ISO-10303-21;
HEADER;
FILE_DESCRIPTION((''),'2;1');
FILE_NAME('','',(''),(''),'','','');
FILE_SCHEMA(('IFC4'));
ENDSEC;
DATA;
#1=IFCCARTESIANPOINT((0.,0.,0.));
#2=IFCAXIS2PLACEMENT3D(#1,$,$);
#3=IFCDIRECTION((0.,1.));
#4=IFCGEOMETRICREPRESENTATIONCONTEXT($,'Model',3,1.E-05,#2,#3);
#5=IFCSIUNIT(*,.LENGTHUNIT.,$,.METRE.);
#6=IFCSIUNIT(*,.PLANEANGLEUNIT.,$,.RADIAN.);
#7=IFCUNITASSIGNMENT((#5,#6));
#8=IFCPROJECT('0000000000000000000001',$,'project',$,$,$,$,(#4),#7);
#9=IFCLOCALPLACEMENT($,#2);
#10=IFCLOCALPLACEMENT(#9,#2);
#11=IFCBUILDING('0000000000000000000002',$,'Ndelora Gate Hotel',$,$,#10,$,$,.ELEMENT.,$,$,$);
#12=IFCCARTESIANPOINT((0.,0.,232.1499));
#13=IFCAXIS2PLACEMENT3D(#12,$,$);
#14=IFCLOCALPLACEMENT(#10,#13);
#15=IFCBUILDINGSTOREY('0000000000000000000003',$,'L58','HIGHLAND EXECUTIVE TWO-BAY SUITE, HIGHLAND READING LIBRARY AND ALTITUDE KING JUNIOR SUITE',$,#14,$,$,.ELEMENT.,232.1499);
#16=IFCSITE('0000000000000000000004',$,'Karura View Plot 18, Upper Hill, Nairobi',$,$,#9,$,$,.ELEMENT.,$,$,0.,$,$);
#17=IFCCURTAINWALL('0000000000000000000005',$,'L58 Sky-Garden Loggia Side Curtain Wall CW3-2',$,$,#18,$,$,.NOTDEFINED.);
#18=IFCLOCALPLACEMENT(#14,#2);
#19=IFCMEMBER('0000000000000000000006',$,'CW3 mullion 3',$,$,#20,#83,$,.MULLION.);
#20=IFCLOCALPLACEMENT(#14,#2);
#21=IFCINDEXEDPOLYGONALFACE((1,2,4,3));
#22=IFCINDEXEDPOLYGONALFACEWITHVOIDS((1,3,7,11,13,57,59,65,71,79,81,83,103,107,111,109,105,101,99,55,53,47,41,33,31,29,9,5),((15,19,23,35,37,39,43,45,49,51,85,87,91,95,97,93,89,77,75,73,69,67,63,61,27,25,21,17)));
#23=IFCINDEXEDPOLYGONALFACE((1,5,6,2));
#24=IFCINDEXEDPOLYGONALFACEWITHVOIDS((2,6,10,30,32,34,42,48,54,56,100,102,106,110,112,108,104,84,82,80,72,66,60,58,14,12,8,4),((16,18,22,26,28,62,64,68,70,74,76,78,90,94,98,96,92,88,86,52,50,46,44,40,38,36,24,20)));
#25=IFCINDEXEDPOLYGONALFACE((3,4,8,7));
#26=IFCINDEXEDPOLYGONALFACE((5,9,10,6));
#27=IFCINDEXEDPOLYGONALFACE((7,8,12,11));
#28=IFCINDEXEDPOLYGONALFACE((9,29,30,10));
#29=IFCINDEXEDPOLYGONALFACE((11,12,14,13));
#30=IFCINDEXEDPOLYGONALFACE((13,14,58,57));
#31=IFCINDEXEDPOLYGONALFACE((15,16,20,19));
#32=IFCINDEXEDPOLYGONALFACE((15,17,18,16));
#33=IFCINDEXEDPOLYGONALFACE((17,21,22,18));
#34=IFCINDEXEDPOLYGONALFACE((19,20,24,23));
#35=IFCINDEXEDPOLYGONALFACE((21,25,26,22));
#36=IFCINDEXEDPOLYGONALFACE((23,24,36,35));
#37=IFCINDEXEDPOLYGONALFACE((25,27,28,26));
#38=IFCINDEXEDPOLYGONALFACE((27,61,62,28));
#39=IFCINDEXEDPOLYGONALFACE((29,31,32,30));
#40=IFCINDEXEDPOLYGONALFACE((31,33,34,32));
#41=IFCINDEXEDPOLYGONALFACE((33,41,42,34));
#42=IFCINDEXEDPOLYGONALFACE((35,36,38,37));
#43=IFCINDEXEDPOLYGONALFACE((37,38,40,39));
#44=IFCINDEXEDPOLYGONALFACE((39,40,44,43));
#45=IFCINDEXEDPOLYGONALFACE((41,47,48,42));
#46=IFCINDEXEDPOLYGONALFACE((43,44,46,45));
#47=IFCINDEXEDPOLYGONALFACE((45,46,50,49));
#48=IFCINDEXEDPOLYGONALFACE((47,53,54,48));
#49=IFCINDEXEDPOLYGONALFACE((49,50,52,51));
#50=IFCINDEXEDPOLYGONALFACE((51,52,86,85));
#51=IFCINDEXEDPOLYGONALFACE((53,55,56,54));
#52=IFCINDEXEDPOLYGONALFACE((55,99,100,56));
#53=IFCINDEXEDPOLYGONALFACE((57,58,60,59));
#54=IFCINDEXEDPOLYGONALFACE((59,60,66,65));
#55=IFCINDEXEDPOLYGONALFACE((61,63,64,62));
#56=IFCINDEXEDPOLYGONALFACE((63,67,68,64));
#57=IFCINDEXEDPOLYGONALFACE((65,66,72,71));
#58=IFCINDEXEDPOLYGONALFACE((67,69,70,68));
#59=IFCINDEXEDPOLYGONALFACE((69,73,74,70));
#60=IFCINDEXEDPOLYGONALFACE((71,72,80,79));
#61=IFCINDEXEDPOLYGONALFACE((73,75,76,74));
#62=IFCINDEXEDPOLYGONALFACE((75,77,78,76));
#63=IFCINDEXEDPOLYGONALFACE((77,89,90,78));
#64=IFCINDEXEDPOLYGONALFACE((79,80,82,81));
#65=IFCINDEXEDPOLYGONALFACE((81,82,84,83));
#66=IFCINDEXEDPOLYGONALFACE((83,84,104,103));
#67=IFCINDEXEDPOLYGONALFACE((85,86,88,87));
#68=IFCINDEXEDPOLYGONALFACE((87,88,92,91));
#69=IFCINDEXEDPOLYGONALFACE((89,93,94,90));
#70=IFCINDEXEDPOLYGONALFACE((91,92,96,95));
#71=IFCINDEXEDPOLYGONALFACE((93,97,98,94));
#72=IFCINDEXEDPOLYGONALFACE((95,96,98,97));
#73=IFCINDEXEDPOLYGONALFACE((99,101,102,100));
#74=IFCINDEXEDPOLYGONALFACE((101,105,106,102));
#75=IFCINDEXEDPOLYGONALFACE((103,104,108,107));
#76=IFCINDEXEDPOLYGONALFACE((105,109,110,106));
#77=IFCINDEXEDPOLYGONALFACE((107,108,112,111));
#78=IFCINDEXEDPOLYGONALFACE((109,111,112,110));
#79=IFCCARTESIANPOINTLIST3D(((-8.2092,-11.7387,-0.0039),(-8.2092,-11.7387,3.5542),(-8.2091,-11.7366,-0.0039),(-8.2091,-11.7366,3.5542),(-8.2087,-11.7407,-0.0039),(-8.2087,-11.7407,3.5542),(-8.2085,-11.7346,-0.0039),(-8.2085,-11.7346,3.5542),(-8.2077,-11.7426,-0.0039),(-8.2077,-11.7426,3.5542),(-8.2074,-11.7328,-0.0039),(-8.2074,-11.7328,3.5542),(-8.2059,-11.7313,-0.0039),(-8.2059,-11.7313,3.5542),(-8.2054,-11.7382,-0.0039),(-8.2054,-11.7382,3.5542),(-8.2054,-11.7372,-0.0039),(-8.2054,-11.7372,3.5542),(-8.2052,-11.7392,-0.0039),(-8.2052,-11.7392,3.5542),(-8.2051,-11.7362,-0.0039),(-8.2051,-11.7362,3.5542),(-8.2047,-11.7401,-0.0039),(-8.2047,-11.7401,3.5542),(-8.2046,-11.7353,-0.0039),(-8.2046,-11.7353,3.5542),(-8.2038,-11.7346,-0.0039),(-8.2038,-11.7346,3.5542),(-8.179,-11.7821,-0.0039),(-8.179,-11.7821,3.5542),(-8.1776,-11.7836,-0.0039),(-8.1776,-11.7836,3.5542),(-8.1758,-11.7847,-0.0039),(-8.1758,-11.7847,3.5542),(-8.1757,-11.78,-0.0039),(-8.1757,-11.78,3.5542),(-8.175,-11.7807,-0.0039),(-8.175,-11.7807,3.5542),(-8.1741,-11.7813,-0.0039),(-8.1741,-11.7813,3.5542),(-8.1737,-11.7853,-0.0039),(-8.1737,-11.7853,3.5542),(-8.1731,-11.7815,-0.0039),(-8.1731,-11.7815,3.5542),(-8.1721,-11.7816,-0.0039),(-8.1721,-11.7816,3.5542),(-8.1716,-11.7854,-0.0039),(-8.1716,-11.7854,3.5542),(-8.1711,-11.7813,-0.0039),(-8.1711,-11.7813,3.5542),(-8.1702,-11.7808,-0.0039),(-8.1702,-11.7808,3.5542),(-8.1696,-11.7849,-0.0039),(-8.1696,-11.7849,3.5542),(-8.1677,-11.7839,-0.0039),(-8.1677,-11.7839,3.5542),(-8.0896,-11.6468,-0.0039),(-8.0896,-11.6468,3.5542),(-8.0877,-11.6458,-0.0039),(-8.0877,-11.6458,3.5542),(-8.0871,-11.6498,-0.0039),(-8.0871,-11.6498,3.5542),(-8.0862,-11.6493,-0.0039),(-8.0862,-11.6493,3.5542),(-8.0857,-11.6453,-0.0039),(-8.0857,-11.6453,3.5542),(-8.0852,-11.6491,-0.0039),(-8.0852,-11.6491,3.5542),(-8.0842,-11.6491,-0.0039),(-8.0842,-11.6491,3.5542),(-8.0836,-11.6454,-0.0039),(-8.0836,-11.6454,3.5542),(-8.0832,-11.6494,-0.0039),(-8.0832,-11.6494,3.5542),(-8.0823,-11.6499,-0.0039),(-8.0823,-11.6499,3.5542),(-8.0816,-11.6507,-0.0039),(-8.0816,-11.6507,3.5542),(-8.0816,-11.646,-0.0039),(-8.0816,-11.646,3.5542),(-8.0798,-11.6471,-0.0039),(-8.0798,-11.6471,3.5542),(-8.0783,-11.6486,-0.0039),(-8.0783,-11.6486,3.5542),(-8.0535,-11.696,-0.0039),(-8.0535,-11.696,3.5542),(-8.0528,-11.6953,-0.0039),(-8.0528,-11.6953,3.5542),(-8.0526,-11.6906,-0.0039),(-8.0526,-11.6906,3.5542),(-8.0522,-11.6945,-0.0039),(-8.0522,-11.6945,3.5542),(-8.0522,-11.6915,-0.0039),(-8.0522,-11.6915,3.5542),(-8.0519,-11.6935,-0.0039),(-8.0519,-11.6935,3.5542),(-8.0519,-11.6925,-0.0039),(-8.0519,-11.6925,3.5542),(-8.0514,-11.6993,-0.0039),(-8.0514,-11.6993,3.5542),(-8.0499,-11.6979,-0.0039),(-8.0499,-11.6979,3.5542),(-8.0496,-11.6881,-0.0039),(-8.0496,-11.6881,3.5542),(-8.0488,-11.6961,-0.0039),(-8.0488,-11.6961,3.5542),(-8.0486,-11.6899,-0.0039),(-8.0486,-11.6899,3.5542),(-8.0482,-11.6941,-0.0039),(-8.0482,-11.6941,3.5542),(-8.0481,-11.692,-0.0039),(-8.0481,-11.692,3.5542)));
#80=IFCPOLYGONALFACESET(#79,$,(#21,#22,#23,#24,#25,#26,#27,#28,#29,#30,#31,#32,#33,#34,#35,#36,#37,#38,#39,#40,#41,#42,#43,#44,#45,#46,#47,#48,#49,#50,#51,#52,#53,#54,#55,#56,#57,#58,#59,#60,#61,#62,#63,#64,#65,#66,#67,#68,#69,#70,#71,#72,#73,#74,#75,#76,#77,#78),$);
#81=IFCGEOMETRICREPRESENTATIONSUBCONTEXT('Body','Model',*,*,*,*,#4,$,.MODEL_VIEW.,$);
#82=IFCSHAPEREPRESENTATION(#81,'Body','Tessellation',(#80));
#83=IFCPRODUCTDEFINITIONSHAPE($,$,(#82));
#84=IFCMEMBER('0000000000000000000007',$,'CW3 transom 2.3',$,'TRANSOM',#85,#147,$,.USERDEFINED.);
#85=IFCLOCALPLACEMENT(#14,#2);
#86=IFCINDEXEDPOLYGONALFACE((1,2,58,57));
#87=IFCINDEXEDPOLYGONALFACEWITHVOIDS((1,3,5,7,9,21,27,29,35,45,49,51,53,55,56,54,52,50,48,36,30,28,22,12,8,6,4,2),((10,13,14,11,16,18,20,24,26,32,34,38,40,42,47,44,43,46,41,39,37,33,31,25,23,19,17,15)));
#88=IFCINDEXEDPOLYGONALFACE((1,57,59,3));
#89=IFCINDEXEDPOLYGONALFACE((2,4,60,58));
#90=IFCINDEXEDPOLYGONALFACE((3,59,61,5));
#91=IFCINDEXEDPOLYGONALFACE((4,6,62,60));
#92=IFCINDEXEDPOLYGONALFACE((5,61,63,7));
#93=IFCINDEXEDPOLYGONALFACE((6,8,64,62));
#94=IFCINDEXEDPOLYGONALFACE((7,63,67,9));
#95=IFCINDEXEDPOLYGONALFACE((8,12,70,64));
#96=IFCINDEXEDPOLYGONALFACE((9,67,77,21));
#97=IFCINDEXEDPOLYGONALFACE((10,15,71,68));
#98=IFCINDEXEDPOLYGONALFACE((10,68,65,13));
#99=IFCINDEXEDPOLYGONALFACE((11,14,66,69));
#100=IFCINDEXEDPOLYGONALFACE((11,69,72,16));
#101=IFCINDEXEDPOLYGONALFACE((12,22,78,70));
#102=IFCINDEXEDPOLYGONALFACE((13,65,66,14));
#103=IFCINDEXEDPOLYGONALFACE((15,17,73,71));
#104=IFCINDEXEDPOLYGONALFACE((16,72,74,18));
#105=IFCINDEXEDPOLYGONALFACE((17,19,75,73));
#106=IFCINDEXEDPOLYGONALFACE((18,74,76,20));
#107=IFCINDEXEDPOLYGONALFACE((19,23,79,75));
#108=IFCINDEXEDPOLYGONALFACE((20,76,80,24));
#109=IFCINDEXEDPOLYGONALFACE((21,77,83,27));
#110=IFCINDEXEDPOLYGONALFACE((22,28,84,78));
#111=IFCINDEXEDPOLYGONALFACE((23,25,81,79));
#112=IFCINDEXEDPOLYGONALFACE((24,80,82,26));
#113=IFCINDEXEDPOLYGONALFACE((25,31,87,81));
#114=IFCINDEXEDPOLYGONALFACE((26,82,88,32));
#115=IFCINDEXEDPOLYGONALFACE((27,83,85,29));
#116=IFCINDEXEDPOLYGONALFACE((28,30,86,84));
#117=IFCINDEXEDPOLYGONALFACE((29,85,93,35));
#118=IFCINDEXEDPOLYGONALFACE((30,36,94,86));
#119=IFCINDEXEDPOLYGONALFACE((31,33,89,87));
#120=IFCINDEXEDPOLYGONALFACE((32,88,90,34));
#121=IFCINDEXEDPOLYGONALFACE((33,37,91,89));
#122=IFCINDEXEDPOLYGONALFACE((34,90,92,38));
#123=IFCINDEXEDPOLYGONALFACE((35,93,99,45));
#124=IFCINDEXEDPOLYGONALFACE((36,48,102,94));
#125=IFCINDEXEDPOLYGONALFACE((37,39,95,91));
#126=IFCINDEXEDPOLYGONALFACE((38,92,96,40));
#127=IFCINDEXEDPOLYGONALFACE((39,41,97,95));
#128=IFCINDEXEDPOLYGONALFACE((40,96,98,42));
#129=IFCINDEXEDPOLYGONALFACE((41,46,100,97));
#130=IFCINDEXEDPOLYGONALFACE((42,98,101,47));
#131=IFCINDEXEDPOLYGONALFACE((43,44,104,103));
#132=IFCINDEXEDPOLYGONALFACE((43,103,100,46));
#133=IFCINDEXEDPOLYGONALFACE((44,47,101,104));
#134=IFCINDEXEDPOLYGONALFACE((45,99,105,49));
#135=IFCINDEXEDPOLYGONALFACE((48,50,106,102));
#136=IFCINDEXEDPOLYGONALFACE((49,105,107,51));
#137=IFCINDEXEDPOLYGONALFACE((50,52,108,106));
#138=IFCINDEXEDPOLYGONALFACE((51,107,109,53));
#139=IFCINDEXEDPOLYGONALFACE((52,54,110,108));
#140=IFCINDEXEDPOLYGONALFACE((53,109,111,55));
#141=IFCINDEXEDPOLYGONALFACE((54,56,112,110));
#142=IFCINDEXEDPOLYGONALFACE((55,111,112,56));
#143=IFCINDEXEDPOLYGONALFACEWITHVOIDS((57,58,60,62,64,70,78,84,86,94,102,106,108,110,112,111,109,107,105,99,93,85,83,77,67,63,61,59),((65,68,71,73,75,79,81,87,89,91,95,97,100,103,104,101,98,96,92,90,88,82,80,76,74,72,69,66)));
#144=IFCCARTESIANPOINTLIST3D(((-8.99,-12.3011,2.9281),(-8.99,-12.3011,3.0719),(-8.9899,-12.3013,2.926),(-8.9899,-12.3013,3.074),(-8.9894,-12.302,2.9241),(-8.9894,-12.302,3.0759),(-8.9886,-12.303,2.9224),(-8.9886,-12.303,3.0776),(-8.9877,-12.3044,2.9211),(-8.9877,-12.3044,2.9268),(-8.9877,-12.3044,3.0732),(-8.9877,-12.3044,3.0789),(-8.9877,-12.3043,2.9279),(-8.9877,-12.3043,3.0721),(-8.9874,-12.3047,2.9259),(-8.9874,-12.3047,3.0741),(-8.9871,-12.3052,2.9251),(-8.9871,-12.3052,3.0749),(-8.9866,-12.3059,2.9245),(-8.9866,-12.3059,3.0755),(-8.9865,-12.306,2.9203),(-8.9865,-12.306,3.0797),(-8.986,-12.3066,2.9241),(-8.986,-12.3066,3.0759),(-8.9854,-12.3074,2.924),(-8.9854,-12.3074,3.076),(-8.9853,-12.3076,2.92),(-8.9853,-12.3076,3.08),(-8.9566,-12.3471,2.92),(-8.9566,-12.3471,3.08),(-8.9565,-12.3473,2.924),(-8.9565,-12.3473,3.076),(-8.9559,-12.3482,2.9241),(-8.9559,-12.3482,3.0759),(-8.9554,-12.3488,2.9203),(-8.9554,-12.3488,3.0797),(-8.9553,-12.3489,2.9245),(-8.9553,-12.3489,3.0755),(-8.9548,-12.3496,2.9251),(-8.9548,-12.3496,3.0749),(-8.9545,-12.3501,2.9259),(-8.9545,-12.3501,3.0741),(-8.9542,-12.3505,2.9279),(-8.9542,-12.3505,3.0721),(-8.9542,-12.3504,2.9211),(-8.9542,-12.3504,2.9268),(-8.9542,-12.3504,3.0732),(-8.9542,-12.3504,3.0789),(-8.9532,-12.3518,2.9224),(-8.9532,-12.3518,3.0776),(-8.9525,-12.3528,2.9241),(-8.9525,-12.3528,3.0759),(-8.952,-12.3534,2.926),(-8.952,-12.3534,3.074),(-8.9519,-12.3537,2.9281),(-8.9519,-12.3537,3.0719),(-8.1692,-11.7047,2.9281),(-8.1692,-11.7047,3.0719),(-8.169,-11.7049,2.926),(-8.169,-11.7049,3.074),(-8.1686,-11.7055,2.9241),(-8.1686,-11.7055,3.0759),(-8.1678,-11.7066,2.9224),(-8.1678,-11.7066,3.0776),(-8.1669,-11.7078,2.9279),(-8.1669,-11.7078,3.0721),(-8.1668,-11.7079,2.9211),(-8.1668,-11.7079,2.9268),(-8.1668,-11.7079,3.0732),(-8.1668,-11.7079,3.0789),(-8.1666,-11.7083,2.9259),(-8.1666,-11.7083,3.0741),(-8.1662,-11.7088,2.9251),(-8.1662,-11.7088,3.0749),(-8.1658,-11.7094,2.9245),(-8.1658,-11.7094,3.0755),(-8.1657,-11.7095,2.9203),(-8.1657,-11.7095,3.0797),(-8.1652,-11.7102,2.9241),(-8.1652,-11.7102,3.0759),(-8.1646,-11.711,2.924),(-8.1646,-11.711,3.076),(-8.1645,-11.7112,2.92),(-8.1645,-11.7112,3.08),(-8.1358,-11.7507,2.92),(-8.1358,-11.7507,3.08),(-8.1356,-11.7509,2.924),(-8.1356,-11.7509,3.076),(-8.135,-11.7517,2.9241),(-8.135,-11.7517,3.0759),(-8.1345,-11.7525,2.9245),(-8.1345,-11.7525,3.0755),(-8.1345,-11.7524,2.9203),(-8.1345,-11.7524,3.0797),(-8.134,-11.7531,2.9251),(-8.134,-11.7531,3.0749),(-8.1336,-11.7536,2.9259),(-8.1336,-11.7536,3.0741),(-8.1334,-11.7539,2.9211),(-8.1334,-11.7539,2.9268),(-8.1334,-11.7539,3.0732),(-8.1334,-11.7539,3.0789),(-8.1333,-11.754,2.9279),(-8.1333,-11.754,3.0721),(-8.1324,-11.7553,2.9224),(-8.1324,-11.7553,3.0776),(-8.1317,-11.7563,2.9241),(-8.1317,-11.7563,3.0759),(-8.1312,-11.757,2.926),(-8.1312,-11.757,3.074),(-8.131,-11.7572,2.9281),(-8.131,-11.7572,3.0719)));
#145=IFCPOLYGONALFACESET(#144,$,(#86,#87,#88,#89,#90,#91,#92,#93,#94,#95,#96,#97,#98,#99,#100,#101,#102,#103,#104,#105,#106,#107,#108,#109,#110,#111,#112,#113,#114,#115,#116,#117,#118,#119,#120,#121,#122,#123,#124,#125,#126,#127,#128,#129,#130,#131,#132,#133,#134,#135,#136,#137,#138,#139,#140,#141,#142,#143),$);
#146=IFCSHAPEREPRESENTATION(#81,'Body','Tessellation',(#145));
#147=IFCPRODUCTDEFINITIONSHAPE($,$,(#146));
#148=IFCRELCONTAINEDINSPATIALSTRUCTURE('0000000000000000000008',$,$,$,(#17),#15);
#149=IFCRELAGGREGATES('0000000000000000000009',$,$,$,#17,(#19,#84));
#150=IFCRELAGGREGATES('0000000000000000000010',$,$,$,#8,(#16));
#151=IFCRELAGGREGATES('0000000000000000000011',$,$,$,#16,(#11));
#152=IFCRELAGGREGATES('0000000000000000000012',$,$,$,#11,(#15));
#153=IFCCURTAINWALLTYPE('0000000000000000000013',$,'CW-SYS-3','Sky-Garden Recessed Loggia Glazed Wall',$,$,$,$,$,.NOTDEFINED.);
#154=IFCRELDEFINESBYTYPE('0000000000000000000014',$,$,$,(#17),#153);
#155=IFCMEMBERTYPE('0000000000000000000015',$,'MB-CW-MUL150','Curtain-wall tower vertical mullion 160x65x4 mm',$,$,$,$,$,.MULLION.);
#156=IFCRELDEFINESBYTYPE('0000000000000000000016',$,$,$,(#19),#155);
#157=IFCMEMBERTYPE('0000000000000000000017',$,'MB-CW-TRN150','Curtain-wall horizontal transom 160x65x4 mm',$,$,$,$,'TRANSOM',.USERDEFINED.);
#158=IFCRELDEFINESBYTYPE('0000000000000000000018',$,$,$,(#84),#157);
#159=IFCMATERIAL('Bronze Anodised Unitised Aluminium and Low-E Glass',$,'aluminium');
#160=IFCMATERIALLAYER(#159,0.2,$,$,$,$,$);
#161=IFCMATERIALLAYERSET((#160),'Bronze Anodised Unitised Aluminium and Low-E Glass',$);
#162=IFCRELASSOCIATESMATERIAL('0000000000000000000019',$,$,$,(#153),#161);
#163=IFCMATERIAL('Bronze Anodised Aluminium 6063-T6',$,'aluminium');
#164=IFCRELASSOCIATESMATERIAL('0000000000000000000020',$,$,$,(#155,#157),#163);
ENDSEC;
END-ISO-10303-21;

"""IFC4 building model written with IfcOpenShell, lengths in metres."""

from ifc_helpers import new_model, si_unit, direction, frame, origin, origin_2d, place, context, subcontext, project, spatial, hollow_rectangle, extrude, material, layer, layer_set, material_profile, profile_set, type_object, element, aggregate, save


model = new_model("IFC4")

# Units and contexts
model_context = context("Model", 3, precision=1e-05, world=origin(), true_north=direction((0.0, 1.0)))
body_context = subcontext(model_context, "Body", "Model", "MODEL_VIEW")
ifc_project = project(units=[si_unit("LENGTHUNIT", "METRE"), si_unit("PLANEANGLEUNIT", "RADIAN")], contexts=[model_context])

# Site, building, storey
site_placement = place(None, origin())
site = spatial("IfcSite", under=ifc_project, at=site_placement, Name="Karura View Plot 18, Upper Hill, Nairobi", CompositionType="ELEMENT", RefElevation=0.0)
building_placement = place(site_placement, origin())
building = spatial("IfcBuilding", under=site, at=building_placement, Name="Ndelora Gate Hotel", CompositionType="ELEMENT")
storey_placement = place(building_placement, frame((0.0, 0.0, 232.1499)))
storey = spatial("IfcBuildingStorey", under=building, at=storey_placement, Name="L58", Description="HIGHLAND EXECUTIVE TWO-BAY SUITE, HIGHLAND READING LIBRARY AND ALTITUDE KING JUNIOR SUITE", CompositionType="ELEMENT", Elevation=232.1499)

# Curtain wall, members
ifc_material_1 = material(Name="Bronze Anodised Unitised Aluminium and Low-E Glass", Category="aluminium")
ifc_layer_1 = layer(ifc_material_1, 0.2)
ifc_layer_set_1 = layer_set([ifc_layer_1], Name="Bronze Anodised Unitised Aluminium and Low-E Glass")
curtain_wall_type = type_object("IfcCurtainWallType", Name="CW-SYS-3", Description="Sky-Garden Recessed Loggia Glazed Wall", PredefinedType="NOTDEFINED", material=ifc_layer_set_1)
curtain_wall_placement = place(storey_placement, origin())
curtain_wall = element("IfcCurtainWall", 1, at=curtain_wall_placement, inside=storey, type_object=curtain_wall_type, Name="L58 Sky-Garden Loggia Side Curtain Wall CW3-2", PredefinedType="NOTDEFINED")
ifc_material_2 = material(Name="Bronze Anodised Aluminium 6063-T6", Category="aluminium")
ifc_material_profile_1 = material_profile(ifc_material_2, hollow_rectangle(XDim=0.0649, YDim=0.1599, WallThickness=0.0039, InnerFilletRadius=0.0039, OuterFilletRadius=0.0081, at=origin_2d()), Name="ALU 160x65x4")
ifc_profile_set_1 = profile_set([ifc_material_profile_1], Name="Bronze Anodised Aluminium 6063-T6")
member_type_1 = type_object("IfcMemberType", Name="MB-CW-MUL150", Description="Curtain-wall tower vertical mullion 160x65x4 mm", PredefinedType="MULLION", material=ifc_profile_set_1)
member_1_placement = place(storey_placement, frame((-8.1287, -11.7153, -0.0039), z_axis=(0.0, 0.0, 1.0), x_axis=(-0.587764, 0.809033, 0.0)))
member_1 = element("IfcMember", 2, at=member_1_placement, type_object=member_type_1, Name="CW3 mullion 3", PredefinedType="MULLION", context=body_context, shape_type="SweptSolid", body=[
    extrude(hollow_rectangle(XDim=0.0649, YDim=0.1599, WallThickness=0.0039, InnerFilletRadius=0.0039, OuterFilletRadius=0.0081, at=origin_2d()), origin(), (0.0, 0.0, 1.0), 3.5581),
])
ifc_material_profile_2 = material_profile(ifc_material_2, hollow_rectangle(XDim=0.0649, YDim=0.1599, WallThickness=0.0039, InnerFilletRadius=0.0039, OuterFilletRadius=0.0081, at=origin_2d()), Name="ALU 160x65x4")
ifc_profile_set_2 = profile_set([ifc_material_profile_2], Name="Bronze Anodised Aluminium 6063-T6")
member_type_2 = type_object("IfcMemberType", Name="MB-CW-TRN150", Description="Curtain-wall horizontal transom 160x65x4 mm", ElementType="TRANSOM", PredefinedType="USERDEFINED", material=ifc_profile_set_2)
member_2_placement = place(storey_placement, frame((-8.9709, -12.3274, 3.0), z_axis=(0.808975, 0.587843, 0.0), x_axis=(-0.587843, 0.808975, 0.0)))
member_2 = element("IfcMember", 3, at=member_2_placement, type_object=member_type_2, Name="CW3 transom 2.3", ObjectType="TRANSOM", PredefinedType="USERDEFINED", context=body_context, shape_type="SweptSolid", body=[
    extrude(hollow_rectangle(XDim=0.0649, YDim=0.1599, WallThickness=0.0039, InnerFilletRadius=0.0039, OuterFilletRadius=0.0081, at=origin_2d()), origin(), (0.0, 0.0, 1.0), 1.0146),
])
aggregate(curtain_wall, [member_1, member_2])

save(model, "model.ifc")
